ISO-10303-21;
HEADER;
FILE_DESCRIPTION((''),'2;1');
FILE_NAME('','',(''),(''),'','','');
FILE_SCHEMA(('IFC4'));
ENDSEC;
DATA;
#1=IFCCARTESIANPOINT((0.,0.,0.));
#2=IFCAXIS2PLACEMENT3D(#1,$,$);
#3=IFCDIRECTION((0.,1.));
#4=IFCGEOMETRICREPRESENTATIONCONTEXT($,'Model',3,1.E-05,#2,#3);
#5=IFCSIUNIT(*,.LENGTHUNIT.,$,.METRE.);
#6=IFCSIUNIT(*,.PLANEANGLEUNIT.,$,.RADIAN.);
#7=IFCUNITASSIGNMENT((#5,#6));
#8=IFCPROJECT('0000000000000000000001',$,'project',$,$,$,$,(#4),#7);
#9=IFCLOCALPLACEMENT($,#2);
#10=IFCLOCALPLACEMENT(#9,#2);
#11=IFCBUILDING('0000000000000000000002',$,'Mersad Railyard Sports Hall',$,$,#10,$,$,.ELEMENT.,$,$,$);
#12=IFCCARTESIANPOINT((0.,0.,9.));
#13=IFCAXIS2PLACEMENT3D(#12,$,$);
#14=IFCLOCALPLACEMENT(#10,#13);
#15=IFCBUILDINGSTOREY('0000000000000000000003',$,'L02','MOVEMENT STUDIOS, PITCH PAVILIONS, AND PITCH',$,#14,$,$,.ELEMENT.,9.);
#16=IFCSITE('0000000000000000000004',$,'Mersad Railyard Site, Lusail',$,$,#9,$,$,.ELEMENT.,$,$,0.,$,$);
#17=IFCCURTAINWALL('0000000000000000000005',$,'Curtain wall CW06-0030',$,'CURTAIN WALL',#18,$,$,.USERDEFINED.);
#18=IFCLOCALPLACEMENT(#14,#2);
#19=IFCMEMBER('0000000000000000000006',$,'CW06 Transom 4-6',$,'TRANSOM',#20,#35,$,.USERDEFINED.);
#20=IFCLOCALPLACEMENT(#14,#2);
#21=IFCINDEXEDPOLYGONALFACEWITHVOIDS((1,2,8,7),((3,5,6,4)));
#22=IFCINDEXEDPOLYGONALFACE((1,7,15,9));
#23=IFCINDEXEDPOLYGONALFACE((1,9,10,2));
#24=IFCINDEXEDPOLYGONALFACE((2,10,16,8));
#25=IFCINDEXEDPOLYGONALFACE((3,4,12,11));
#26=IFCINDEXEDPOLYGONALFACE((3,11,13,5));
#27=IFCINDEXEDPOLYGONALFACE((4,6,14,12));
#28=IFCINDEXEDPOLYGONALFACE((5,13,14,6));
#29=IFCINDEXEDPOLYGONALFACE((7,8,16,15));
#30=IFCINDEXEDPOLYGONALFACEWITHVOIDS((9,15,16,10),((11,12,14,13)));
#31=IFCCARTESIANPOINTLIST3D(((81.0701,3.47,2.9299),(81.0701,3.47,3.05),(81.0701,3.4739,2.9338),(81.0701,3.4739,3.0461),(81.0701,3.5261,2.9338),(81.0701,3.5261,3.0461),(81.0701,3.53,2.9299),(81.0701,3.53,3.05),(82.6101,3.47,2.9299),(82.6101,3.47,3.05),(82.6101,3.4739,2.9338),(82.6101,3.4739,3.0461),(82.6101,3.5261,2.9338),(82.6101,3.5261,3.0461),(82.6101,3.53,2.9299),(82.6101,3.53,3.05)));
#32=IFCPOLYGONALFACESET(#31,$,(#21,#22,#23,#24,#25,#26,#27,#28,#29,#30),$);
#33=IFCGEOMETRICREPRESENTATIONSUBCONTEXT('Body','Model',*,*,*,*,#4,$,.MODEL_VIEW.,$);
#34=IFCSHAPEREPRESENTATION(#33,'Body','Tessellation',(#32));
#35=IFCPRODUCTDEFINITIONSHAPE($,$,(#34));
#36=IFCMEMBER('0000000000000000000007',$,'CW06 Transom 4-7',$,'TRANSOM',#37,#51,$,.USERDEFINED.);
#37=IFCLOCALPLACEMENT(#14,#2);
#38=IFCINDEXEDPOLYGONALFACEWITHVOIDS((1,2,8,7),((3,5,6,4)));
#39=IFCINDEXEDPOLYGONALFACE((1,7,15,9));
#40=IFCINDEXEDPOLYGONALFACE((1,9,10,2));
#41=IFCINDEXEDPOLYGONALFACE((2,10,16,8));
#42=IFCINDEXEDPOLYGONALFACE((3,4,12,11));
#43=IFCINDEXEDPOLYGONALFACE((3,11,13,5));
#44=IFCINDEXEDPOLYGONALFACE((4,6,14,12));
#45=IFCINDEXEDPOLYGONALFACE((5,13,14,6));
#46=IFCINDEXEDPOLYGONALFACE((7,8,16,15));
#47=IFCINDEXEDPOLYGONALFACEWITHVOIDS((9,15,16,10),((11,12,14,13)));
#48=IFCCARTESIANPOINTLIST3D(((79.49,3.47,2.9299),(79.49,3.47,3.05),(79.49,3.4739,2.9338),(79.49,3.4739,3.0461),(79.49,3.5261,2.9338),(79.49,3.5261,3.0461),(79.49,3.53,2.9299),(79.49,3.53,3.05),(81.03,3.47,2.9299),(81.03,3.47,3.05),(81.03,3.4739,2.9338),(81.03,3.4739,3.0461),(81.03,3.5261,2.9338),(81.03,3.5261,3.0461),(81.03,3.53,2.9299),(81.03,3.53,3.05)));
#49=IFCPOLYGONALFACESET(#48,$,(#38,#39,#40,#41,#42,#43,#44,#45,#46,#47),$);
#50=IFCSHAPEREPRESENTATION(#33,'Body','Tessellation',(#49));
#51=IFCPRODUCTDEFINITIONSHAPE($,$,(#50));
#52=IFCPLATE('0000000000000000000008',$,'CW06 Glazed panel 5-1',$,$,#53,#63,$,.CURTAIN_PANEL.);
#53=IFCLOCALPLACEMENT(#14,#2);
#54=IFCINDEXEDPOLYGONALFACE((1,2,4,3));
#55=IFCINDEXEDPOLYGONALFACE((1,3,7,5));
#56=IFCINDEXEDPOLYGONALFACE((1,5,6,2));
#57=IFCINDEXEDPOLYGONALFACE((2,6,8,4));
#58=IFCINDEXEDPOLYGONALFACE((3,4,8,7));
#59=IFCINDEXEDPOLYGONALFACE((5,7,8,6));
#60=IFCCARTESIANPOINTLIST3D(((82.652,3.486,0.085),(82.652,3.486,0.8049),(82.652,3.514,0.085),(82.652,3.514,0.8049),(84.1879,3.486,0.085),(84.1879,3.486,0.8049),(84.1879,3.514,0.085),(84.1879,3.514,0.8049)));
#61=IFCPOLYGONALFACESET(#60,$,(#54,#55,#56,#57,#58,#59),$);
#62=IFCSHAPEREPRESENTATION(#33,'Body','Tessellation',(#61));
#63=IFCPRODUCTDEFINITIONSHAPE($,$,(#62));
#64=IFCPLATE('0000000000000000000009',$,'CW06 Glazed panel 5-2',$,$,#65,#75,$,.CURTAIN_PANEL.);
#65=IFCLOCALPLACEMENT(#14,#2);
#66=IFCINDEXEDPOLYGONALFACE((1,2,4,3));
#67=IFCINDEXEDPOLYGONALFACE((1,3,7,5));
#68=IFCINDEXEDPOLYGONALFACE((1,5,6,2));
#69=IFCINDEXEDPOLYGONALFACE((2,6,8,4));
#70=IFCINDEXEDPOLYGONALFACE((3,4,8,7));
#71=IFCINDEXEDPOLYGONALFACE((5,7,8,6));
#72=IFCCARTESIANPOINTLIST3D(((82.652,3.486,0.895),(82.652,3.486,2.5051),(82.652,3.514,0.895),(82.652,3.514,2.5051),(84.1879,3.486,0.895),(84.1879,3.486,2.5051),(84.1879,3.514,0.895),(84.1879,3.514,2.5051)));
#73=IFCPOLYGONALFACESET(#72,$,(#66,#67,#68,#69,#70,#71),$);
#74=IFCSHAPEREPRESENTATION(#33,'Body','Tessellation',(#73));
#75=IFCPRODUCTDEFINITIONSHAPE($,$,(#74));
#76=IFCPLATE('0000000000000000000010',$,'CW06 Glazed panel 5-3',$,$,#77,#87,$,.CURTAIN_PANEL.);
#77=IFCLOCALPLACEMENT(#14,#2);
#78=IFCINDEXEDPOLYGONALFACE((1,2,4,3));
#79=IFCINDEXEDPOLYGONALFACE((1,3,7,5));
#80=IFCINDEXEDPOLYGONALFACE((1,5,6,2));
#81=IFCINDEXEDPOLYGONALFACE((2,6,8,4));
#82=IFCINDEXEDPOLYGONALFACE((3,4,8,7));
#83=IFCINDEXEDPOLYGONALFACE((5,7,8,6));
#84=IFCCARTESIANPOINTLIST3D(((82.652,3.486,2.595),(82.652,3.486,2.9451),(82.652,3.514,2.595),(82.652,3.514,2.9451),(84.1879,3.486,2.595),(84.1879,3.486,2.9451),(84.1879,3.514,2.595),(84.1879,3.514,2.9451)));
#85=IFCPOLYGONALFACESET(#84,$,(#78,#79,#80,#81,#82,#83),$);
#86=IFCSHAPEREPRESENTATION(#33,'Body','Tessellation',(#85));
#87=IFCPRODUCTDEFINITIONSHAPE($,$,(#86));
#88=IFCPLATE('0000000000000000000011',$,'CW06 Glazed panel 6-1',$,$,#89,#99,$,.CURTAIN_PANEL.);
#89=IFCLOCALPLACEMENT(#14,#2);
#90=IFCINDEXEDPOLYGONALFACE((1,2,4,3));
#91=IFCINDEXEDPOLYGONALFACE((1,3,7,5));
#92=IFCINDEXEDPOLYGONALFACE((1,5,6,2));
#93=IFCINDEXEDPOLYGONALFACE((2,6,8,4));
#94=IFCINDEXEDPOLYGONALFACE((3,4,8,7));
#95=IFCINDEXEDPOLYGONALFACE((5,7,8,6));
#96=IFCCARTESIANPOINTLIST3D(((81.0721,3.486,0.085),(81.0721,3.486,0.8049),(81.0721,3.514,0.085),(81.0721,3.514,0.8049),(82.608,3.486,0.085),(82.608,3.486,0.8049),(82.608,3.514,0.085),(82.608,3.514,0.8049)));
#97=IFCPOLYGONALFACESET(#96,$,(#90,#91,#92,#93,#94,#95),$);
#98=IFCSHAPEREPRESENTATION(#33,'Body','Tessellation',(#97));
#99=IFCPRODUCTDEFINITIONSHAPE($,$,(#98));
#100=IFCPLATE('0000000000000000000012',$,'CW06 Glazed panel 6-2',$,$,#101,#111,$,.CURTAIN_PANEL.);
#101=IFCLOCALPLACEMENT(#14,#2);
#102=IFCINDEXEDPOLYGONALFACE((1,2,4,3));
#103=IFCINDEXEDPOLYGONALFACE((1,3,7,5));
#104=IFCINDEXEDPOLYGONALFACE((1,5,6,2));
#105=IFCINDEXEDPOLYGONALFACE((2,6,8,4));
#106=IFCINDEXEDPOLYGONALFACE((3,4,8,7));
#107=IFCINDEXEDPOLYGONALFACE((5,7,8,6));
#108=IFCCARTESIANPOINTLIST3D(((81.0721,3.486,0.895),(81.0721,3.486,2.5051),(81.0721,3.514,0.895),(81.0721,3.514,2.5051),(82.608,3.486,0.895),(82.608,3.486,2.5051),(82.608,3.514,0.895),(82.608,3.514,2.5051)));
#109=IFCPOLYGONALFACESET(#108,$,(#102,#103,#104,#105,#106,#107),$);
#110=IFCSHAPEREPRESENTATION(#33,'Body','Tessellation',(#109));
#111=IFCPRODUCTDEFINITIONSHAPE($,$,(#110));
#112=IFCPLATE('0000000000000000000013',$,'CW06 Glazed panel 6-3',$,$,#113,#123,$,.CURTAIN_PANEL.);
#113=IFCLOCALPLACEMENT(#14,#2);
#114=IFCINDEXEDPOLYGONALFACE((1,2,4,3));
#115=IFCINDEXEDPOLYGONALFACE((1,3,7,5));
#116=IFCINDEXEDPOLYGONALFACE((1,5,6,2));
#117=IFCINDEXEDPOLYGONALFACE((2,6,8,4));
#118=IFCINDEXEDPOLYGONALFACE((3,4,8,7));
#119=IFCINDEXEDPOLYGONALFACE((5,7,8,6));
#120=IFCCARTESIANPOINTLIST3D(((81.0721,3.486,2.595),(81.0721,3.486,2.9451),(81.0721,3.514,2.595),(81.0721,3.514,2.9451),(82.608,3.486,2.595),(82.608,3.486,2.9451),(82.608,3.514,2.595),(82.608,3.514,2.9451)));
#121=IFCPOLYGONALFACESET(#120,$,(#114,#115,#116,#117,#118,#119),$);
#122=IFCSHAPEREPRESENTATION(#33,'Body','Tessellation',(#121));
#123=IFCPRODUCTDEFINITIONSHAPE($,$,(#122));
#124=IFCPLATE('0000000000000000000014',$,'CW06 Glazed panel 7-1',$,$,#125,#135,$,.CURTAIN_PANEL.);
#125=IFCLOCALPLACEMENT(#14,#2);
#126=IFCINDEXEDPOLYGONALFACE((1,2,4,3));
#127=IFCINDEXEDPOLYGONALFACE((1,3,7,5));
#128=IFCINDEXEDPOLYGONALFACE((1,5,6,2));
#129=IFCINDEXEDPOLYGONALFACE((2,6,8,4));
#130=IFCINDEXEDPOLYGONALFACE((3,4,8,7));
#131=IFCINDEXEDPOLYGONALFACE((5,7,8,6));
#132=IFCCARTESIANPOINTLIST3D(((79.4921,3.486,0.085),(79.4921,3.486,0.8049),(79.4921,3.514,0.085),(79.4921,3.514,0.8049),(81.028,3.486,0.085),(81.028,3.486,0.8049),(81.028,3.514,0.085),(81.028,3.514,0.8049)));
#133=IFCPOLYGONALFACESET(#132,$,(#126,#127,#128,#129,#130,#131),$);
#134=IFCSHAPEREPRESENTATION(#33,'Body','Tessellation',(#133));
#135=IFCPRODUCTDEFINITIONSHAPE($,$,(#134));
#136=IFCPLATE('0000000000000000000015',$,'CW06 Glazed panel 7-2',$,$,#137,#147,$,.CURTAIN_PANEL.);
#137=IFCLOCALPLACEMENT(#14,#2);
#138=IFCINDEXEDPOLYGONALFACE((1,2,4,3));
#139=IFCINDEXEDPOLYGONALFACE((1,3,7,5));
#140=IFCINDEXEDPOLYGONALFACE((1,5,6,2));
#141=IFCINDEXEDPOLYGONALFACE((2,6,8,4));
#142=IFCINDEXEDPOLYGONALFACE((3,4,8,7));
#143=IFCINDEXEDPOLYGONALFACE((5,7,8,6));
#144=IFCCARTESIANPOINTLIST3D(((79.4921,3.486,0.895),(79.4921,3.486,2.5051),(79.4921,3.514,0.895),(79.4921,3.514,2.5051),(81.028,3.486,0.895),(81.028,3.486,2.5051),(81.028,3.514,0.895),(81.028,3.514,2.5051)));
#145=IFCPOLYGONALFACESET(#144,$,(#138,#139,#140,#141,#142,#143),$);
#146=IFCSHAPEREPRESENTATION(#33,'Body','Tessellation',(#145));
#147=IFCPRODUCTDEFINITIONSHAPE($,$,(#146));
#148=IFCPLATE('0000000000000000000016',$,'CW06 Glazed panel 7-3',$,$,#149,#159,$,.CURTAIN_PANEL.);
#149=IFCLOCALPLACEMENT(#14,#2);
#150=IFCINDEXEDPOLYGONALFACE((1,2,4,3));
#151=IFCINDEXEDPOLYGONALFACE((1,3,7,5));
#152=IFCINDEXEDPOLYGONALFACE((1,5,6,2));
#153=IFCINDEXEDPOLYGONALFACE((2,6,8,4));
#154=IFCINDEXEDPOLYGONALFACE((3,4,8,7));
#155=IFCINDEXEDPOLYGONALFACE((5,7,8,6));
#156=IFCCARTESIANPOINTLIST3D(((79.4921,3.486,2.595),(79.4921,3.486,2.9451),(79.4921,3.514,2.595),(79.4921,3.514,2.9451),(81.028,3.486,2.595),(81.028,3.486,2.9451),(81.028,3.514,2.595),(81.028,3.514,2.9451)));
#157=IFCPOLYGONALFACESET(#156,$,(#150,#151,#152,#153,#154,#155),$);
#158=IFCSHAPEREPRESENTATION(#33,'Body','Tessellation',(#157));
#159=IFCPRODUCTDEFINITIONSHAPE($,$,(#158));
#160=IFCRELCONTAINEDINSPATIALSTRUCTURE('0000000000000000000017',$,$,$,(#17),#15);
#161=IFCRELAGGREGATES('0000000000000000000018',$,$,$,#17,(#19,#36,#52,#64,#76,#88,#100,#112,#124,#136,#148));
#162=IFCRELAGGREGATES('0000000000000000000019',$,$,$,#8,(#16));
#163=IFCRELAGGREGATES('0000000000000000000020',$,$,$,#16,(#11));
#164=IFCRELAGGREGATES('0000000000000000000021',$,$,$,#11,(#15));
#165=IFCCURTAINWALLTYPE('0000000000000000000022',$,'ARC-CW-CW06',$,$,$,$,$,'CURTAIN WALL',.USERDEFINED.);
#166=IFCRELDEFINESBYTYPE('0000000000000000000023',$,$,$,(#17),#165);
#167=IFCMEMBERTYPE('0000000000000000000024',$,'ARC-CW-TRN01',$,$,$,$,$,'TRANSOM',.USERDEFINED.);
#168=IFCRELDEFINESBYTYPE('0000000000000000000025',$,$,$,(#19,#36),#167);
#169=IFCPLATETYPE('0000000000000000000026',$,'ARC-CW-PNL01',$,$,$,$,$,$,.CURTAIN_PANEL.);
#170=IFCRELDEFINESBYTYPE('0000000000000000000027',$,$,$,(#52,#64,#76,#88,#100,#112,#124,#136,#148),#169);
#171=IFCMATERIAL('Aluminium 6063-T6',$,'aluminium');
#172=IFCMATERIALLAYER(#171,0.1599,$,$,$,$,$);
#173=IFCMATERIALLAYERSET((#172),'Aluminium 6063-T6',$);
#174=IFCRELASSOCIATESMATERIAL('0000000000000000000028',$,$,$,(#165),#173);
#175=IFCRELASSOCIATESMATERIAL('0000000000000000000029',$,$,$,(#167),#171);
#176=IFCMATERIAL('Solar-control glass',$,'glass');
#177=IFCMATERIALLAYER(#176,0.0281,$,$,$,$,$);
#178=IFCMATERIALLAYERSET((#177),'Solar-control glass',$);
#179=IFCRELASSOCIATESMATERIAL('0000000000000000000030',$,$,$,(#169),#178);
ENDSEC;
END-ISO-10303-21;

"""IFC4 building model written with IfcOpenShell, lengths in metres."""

from ifc_helpers import new_model, si_unit, direction, frame, origin, origin_2d, place, context, subcontext, project, spatial, rectangle, hollow_rectangle, extrude, material, layer, layer_set, material_profile, profile_set, type_object, element, aggregate, save


model = new_model("IFC4")

# Units and contexts
model_context = context("Model", 3, precision=1e-05, world=origin(), true_north=direction((0.0, 1.0)))
body_context = subcontext(model_context, "Body", "Model", "MODEL_VIEW")
ifc_project = project(units=[si_unit("LENGTHUNIT", "METRE"), si_unit("PLANEANGLEUNIT", "RADIAN")], contexts=[model_context])

# Site, building, storey
site_placement = place(None, origin())
site = spatial("IfcSite", under=ifc_project, at=site_placement, Name="Mersad Railyard Site, Lusail", CompositionType="ELEMENT", RefElevation=0.0)
building_placement = place(site_placement, origin())
building = spatial("IfcBuilding", under=site, at=building_placement, Name="Mersad Railyard Sports Hall", CompositionType="ELEMENT")
storey_placement = place(building_placement, frame((0.0, 0.0, 9.0)))
storey = spatial("IfcBuildingStorey", under=building, at=storey_placement, Name="L02", Description="MOVEMENT STUDIOS, PITCH PAVILIONS, AND PITCH", CompositionType="ELEMENT", Elevation=9.0)

# Curtain wall, members, plates
ifc_material_1 = material(Name="Aluminium 6063-T6", Category="aluminium")
ifc_layer_1 = layer(ifc_material_1, 0.1599)
ifc_layer_set_1 = layer_set([ifc_layer_1], Name="Aluminium 6063-T6")
curtain_wall_type = type_object("IfcCurtainWallType", Name="ARC-CW-CW06", ElementType="CURTAIN WALL", PredefinedType="USERDEFINED", material=ifc_layer_set_1)
curtain_wall_placement = place(storey_placement, origin())
curtain_wall = element("IfcCurtainWall", 1, at=curtain_wall_placement, inside=storey, type_object=curtain_wall_type, Name="Curtain wall CW06-0030", ObjectType="CURTAIN WALL", PredefinedType="USERDEFINED")
ifc_material_profile_1 = material_profile(ifc_material_1, hollow_rectangle(XDim=0.0601, YDim=0.1201, WallThickness=0.0039, at=origin_2d()), Name="AL TRANSOM 60x120x4")
ifc_profile_set_1 = profile_set([ifc_material_profile_1], Name="Aluminium 6063-T6")
member_type_1 = type_object("IfcMemberType", Name="ARC-CW-TRN01", ElementType="TRANSOM", PredefinedType="USERDEFINED", material=ifc_profile_set_1)
member_1_placement = place(storey_placement, frame((82.6101, 3.5, 2.99), z_axis=(-1.0, 0.0, 0.0), x_axis=(0.0, -1.0, 0.0)))
member_1 = element("IfcMember", 2, at=member_1_placement, type_object=member_type_1, Name="CW06 Transom 4-6", ObjectType="TRANSOM", PredefinedType="USERDEFINED", context=body_context, shape_type="SweptSolid", body=[
    extrude(hollow_rectangle(XDim=0.0601, YDim=0.1201, WallThickness=0.0039, at=origin_2d()), origin(), (0.0, 0.0, 1.0), 1.54),
])
member_2_placement = place(storey_placement, frame((81.03, 3.5, 2.99), z_axis=(-1.0, 0.0, 0.0), x_axis=(0.0, -1.0, 0.0)))
member_2 = element("IfcMember", 3, at=member_2_placement, type_object=member_type_1, Name="CW06 Transom 4-7", ObjectType="TRANSOM", PredefinedType="USERDEFINED", context=body_context, shape_type="SweptSolid", body=[
    extrude(hollow_rectangle(XDim=0.0601, YDim=0.1201, WallThickness=0.0039, at=origin_2d()), origin(), (0.0, 0.0, 1.0), 1.54),
])
ifc_material_2 = material(Name="Solar-control glass", Category="glass")
ifc_layer_2 = layer(ifc_material_2, 0.0281)
ifc_layer_set_2 = layer_set([ifc_layer_2], Name="Solar-control glass")
plate_type = type_object("IfcPlateType", Name="ARC-CW-PNL01", PredefinedType="CURTAIN_PANEL", material=ifc_layer_set_2)
plate_1_placement = place(storey_placement, frame((83.4199, 3.5, 0.085), z_axis=(0.0, 0.0, 1.0), x_axis=(-1.0, 0.0, 0.0)))
plate_1 = element("IfcPlate", 4, at=plate_1_placement, type_object=plate_type, Name="CW06 Glazed panel 5-1", PredefinedType="CURTAIN_PANEL", context=body_context, shape_type="SweptSolid", body=[
    extrude(rectangle(XDim=1.5359, YDim=0.0281, at=origin_2d()), origin(), (0.0, 0.0, 1.0), 0.72),
])
plate_2_placement = place(storey_placement, frame((83.4199, 3.5, 0.895), z_axis=(0.0, 0.0, 1.0), x_axis=(-1.0, 0.0, 0.0)))
plate_2 = element("IfcPlate", 5, at=plate_2_placement, type_object=plate_type, Name="CW06 Glazed panel 5-2", PredefinedType="CURTAIN_PANEL", context=body_context, shape_type="SweptSolid", body=[
    extrude(rectangle(XDim=1.5359, YDim=0.0281, at=origin_2d()), origin(), (0.0, 0.0, 1.0), 1.6101),
])
plate_3_placement = place(storey_placement, frame((83.4199, 3.5, 2.595), z_axis=(0.0, 0.0, 1.0), x_axis=(-1.0, 0.0, 0.0)))
plate_3 = element("IfcPlate", 6, at=plate_3_placement, type_object=plate_type, Name="CW06 Glazed panel 5-3", PredefinedType="CURTAIN_PANEL", context=body_context, shape_type="SweptSolid", body=[
    extrude(rectangle(XDim=1.5359, YDim=0.0281, at=origin_2d()), origin(), (0.0, 0.0, 1.0), 0.3501),
])
plate_4_placement = place(storey_placement, frame((81.8401, 3.5, 0.085), z_axis=(0.0, 0.0, 1.0), x_axis=(-1.0, 0.0, 0.0)))
plate_4 = element("IfcPlate", 7, at=plate_4_placement, type_object=plate_type, Name="CW06 Glazed panel 6-1", PredefinedType="CURTAIN_PANEL", context=body_context, shape_type="SweptSolid", body=[
    extrude(rectangle(XDim=1.5359, YDim=0.0281, at=origin_2d()), origin(), (0.0, 0.0, 1.0), 0.72),
])
plate_5_placement = place(storey_placement, frame((81.8401, 3.5, 0.895), z_axis=(0.0, 0.0, 1.0), x_axis=(-1.0, 0.0, 0.0)))
plate_5 = element("IfcPlate", 8, at=plate_5_placement, type_object=plate_type, Name="CW06 Glazed panel 6-2", PredefinedType="CURTAIN_PANEL", context=body_context, shape_type="SweptSolid", body=[
    extrude(rectangle(XDim=1.5359, YDim=0.0281, at=origin_2d()), origin(), (0.0, 0.0, 1.0), 1.6101),
])
plate_6_placement = place(storey_placement, frame((81.8401, 3.5, 2.595), z_axis=(0.0, 0.0, 1.0), x_axis=(-1.0, 0.0, 0.0)))
plate_6 = element("IfcPlate", 9, at=plate_6_placement, type_object=plate_type, Name="CW06 Glazed panel 6-3", PredefinedType="CURTAIN_PANEL", context=body_context, shape_type="SweptSolid", body=[
    extrude(rectangle(XDim=1.5359, YDim=0.0281, at=origin_2d()), origin(), (0.0, 0.0, 1.0), 0.3501),
])
plate_7_placement = place(storey_placement, frame((80.26, 3.5, 0.085), z_axis=(0.0, 0.0, 1.0), x_axis=(-1.0, 0.0, 0.0)))
plate_7 = element("IfcPlate", 10, at=plate_7_placement, type_object=plate_type, Name="CW06 Glazed panel 7-1", PredefinedType="CURTAIN_PANEL", context=body_context, shape_type="SweptSolid", body=[
    extrude(rectangle(XDim=1.5359, YDim=0.0281, at=origin_2d()), origin(), (0.0, 0.0, 1.0), 0.72),
])
plate_8_placement = place(storey_placement, frame((80.26, 3.5, 0.895), z_axis=(0.0, 0.0, 1.0), x_axis=(-1.0, 0.0, 0.0)))
plate_8 = element("IfcPlate", 11, at=plate_8_placement, type_object=plate_type, Name="CW06 Glazed panel 7-2", PredefinedType="CURTAIN_PANEL", context=body_context, shape_type="SweptSolid", body=[
    extrude(rectangle(XDim=1.5359, YDim=0.0281, at=origin_2d()), origin(), (0.0, 0.0, 1.0), 1.6101),
])
plate_9_placement = place(storey_placement, frame((80.26, 3.5, 2.595), z_axis=(0.0, 0.0, 1.0), x_axis=(-1.0, 0.0, 0.0)))
plate_9 = element("IfcPlate", 12, at=plate_9_placement, type_object=plate_type, Name="CW06 Glazed panel 7-3", PredefinedType="CURTAIN_PANEL", context=body_context, shape_type="SweptSolid", body=[
    extrude(rectangle(XDim=1.5359, YDim=0.0281, at=origin_2d()), origin(), (0.0, 0.0, 1.0), 0.3501),
])
aggregate(curtain_wall, [member_1, member_2, plate_1, plate_2, plate_3, plate_4, plate_5, plate_6, plate_7, plate_8, plate_9])

save(model, "model.ifc")
